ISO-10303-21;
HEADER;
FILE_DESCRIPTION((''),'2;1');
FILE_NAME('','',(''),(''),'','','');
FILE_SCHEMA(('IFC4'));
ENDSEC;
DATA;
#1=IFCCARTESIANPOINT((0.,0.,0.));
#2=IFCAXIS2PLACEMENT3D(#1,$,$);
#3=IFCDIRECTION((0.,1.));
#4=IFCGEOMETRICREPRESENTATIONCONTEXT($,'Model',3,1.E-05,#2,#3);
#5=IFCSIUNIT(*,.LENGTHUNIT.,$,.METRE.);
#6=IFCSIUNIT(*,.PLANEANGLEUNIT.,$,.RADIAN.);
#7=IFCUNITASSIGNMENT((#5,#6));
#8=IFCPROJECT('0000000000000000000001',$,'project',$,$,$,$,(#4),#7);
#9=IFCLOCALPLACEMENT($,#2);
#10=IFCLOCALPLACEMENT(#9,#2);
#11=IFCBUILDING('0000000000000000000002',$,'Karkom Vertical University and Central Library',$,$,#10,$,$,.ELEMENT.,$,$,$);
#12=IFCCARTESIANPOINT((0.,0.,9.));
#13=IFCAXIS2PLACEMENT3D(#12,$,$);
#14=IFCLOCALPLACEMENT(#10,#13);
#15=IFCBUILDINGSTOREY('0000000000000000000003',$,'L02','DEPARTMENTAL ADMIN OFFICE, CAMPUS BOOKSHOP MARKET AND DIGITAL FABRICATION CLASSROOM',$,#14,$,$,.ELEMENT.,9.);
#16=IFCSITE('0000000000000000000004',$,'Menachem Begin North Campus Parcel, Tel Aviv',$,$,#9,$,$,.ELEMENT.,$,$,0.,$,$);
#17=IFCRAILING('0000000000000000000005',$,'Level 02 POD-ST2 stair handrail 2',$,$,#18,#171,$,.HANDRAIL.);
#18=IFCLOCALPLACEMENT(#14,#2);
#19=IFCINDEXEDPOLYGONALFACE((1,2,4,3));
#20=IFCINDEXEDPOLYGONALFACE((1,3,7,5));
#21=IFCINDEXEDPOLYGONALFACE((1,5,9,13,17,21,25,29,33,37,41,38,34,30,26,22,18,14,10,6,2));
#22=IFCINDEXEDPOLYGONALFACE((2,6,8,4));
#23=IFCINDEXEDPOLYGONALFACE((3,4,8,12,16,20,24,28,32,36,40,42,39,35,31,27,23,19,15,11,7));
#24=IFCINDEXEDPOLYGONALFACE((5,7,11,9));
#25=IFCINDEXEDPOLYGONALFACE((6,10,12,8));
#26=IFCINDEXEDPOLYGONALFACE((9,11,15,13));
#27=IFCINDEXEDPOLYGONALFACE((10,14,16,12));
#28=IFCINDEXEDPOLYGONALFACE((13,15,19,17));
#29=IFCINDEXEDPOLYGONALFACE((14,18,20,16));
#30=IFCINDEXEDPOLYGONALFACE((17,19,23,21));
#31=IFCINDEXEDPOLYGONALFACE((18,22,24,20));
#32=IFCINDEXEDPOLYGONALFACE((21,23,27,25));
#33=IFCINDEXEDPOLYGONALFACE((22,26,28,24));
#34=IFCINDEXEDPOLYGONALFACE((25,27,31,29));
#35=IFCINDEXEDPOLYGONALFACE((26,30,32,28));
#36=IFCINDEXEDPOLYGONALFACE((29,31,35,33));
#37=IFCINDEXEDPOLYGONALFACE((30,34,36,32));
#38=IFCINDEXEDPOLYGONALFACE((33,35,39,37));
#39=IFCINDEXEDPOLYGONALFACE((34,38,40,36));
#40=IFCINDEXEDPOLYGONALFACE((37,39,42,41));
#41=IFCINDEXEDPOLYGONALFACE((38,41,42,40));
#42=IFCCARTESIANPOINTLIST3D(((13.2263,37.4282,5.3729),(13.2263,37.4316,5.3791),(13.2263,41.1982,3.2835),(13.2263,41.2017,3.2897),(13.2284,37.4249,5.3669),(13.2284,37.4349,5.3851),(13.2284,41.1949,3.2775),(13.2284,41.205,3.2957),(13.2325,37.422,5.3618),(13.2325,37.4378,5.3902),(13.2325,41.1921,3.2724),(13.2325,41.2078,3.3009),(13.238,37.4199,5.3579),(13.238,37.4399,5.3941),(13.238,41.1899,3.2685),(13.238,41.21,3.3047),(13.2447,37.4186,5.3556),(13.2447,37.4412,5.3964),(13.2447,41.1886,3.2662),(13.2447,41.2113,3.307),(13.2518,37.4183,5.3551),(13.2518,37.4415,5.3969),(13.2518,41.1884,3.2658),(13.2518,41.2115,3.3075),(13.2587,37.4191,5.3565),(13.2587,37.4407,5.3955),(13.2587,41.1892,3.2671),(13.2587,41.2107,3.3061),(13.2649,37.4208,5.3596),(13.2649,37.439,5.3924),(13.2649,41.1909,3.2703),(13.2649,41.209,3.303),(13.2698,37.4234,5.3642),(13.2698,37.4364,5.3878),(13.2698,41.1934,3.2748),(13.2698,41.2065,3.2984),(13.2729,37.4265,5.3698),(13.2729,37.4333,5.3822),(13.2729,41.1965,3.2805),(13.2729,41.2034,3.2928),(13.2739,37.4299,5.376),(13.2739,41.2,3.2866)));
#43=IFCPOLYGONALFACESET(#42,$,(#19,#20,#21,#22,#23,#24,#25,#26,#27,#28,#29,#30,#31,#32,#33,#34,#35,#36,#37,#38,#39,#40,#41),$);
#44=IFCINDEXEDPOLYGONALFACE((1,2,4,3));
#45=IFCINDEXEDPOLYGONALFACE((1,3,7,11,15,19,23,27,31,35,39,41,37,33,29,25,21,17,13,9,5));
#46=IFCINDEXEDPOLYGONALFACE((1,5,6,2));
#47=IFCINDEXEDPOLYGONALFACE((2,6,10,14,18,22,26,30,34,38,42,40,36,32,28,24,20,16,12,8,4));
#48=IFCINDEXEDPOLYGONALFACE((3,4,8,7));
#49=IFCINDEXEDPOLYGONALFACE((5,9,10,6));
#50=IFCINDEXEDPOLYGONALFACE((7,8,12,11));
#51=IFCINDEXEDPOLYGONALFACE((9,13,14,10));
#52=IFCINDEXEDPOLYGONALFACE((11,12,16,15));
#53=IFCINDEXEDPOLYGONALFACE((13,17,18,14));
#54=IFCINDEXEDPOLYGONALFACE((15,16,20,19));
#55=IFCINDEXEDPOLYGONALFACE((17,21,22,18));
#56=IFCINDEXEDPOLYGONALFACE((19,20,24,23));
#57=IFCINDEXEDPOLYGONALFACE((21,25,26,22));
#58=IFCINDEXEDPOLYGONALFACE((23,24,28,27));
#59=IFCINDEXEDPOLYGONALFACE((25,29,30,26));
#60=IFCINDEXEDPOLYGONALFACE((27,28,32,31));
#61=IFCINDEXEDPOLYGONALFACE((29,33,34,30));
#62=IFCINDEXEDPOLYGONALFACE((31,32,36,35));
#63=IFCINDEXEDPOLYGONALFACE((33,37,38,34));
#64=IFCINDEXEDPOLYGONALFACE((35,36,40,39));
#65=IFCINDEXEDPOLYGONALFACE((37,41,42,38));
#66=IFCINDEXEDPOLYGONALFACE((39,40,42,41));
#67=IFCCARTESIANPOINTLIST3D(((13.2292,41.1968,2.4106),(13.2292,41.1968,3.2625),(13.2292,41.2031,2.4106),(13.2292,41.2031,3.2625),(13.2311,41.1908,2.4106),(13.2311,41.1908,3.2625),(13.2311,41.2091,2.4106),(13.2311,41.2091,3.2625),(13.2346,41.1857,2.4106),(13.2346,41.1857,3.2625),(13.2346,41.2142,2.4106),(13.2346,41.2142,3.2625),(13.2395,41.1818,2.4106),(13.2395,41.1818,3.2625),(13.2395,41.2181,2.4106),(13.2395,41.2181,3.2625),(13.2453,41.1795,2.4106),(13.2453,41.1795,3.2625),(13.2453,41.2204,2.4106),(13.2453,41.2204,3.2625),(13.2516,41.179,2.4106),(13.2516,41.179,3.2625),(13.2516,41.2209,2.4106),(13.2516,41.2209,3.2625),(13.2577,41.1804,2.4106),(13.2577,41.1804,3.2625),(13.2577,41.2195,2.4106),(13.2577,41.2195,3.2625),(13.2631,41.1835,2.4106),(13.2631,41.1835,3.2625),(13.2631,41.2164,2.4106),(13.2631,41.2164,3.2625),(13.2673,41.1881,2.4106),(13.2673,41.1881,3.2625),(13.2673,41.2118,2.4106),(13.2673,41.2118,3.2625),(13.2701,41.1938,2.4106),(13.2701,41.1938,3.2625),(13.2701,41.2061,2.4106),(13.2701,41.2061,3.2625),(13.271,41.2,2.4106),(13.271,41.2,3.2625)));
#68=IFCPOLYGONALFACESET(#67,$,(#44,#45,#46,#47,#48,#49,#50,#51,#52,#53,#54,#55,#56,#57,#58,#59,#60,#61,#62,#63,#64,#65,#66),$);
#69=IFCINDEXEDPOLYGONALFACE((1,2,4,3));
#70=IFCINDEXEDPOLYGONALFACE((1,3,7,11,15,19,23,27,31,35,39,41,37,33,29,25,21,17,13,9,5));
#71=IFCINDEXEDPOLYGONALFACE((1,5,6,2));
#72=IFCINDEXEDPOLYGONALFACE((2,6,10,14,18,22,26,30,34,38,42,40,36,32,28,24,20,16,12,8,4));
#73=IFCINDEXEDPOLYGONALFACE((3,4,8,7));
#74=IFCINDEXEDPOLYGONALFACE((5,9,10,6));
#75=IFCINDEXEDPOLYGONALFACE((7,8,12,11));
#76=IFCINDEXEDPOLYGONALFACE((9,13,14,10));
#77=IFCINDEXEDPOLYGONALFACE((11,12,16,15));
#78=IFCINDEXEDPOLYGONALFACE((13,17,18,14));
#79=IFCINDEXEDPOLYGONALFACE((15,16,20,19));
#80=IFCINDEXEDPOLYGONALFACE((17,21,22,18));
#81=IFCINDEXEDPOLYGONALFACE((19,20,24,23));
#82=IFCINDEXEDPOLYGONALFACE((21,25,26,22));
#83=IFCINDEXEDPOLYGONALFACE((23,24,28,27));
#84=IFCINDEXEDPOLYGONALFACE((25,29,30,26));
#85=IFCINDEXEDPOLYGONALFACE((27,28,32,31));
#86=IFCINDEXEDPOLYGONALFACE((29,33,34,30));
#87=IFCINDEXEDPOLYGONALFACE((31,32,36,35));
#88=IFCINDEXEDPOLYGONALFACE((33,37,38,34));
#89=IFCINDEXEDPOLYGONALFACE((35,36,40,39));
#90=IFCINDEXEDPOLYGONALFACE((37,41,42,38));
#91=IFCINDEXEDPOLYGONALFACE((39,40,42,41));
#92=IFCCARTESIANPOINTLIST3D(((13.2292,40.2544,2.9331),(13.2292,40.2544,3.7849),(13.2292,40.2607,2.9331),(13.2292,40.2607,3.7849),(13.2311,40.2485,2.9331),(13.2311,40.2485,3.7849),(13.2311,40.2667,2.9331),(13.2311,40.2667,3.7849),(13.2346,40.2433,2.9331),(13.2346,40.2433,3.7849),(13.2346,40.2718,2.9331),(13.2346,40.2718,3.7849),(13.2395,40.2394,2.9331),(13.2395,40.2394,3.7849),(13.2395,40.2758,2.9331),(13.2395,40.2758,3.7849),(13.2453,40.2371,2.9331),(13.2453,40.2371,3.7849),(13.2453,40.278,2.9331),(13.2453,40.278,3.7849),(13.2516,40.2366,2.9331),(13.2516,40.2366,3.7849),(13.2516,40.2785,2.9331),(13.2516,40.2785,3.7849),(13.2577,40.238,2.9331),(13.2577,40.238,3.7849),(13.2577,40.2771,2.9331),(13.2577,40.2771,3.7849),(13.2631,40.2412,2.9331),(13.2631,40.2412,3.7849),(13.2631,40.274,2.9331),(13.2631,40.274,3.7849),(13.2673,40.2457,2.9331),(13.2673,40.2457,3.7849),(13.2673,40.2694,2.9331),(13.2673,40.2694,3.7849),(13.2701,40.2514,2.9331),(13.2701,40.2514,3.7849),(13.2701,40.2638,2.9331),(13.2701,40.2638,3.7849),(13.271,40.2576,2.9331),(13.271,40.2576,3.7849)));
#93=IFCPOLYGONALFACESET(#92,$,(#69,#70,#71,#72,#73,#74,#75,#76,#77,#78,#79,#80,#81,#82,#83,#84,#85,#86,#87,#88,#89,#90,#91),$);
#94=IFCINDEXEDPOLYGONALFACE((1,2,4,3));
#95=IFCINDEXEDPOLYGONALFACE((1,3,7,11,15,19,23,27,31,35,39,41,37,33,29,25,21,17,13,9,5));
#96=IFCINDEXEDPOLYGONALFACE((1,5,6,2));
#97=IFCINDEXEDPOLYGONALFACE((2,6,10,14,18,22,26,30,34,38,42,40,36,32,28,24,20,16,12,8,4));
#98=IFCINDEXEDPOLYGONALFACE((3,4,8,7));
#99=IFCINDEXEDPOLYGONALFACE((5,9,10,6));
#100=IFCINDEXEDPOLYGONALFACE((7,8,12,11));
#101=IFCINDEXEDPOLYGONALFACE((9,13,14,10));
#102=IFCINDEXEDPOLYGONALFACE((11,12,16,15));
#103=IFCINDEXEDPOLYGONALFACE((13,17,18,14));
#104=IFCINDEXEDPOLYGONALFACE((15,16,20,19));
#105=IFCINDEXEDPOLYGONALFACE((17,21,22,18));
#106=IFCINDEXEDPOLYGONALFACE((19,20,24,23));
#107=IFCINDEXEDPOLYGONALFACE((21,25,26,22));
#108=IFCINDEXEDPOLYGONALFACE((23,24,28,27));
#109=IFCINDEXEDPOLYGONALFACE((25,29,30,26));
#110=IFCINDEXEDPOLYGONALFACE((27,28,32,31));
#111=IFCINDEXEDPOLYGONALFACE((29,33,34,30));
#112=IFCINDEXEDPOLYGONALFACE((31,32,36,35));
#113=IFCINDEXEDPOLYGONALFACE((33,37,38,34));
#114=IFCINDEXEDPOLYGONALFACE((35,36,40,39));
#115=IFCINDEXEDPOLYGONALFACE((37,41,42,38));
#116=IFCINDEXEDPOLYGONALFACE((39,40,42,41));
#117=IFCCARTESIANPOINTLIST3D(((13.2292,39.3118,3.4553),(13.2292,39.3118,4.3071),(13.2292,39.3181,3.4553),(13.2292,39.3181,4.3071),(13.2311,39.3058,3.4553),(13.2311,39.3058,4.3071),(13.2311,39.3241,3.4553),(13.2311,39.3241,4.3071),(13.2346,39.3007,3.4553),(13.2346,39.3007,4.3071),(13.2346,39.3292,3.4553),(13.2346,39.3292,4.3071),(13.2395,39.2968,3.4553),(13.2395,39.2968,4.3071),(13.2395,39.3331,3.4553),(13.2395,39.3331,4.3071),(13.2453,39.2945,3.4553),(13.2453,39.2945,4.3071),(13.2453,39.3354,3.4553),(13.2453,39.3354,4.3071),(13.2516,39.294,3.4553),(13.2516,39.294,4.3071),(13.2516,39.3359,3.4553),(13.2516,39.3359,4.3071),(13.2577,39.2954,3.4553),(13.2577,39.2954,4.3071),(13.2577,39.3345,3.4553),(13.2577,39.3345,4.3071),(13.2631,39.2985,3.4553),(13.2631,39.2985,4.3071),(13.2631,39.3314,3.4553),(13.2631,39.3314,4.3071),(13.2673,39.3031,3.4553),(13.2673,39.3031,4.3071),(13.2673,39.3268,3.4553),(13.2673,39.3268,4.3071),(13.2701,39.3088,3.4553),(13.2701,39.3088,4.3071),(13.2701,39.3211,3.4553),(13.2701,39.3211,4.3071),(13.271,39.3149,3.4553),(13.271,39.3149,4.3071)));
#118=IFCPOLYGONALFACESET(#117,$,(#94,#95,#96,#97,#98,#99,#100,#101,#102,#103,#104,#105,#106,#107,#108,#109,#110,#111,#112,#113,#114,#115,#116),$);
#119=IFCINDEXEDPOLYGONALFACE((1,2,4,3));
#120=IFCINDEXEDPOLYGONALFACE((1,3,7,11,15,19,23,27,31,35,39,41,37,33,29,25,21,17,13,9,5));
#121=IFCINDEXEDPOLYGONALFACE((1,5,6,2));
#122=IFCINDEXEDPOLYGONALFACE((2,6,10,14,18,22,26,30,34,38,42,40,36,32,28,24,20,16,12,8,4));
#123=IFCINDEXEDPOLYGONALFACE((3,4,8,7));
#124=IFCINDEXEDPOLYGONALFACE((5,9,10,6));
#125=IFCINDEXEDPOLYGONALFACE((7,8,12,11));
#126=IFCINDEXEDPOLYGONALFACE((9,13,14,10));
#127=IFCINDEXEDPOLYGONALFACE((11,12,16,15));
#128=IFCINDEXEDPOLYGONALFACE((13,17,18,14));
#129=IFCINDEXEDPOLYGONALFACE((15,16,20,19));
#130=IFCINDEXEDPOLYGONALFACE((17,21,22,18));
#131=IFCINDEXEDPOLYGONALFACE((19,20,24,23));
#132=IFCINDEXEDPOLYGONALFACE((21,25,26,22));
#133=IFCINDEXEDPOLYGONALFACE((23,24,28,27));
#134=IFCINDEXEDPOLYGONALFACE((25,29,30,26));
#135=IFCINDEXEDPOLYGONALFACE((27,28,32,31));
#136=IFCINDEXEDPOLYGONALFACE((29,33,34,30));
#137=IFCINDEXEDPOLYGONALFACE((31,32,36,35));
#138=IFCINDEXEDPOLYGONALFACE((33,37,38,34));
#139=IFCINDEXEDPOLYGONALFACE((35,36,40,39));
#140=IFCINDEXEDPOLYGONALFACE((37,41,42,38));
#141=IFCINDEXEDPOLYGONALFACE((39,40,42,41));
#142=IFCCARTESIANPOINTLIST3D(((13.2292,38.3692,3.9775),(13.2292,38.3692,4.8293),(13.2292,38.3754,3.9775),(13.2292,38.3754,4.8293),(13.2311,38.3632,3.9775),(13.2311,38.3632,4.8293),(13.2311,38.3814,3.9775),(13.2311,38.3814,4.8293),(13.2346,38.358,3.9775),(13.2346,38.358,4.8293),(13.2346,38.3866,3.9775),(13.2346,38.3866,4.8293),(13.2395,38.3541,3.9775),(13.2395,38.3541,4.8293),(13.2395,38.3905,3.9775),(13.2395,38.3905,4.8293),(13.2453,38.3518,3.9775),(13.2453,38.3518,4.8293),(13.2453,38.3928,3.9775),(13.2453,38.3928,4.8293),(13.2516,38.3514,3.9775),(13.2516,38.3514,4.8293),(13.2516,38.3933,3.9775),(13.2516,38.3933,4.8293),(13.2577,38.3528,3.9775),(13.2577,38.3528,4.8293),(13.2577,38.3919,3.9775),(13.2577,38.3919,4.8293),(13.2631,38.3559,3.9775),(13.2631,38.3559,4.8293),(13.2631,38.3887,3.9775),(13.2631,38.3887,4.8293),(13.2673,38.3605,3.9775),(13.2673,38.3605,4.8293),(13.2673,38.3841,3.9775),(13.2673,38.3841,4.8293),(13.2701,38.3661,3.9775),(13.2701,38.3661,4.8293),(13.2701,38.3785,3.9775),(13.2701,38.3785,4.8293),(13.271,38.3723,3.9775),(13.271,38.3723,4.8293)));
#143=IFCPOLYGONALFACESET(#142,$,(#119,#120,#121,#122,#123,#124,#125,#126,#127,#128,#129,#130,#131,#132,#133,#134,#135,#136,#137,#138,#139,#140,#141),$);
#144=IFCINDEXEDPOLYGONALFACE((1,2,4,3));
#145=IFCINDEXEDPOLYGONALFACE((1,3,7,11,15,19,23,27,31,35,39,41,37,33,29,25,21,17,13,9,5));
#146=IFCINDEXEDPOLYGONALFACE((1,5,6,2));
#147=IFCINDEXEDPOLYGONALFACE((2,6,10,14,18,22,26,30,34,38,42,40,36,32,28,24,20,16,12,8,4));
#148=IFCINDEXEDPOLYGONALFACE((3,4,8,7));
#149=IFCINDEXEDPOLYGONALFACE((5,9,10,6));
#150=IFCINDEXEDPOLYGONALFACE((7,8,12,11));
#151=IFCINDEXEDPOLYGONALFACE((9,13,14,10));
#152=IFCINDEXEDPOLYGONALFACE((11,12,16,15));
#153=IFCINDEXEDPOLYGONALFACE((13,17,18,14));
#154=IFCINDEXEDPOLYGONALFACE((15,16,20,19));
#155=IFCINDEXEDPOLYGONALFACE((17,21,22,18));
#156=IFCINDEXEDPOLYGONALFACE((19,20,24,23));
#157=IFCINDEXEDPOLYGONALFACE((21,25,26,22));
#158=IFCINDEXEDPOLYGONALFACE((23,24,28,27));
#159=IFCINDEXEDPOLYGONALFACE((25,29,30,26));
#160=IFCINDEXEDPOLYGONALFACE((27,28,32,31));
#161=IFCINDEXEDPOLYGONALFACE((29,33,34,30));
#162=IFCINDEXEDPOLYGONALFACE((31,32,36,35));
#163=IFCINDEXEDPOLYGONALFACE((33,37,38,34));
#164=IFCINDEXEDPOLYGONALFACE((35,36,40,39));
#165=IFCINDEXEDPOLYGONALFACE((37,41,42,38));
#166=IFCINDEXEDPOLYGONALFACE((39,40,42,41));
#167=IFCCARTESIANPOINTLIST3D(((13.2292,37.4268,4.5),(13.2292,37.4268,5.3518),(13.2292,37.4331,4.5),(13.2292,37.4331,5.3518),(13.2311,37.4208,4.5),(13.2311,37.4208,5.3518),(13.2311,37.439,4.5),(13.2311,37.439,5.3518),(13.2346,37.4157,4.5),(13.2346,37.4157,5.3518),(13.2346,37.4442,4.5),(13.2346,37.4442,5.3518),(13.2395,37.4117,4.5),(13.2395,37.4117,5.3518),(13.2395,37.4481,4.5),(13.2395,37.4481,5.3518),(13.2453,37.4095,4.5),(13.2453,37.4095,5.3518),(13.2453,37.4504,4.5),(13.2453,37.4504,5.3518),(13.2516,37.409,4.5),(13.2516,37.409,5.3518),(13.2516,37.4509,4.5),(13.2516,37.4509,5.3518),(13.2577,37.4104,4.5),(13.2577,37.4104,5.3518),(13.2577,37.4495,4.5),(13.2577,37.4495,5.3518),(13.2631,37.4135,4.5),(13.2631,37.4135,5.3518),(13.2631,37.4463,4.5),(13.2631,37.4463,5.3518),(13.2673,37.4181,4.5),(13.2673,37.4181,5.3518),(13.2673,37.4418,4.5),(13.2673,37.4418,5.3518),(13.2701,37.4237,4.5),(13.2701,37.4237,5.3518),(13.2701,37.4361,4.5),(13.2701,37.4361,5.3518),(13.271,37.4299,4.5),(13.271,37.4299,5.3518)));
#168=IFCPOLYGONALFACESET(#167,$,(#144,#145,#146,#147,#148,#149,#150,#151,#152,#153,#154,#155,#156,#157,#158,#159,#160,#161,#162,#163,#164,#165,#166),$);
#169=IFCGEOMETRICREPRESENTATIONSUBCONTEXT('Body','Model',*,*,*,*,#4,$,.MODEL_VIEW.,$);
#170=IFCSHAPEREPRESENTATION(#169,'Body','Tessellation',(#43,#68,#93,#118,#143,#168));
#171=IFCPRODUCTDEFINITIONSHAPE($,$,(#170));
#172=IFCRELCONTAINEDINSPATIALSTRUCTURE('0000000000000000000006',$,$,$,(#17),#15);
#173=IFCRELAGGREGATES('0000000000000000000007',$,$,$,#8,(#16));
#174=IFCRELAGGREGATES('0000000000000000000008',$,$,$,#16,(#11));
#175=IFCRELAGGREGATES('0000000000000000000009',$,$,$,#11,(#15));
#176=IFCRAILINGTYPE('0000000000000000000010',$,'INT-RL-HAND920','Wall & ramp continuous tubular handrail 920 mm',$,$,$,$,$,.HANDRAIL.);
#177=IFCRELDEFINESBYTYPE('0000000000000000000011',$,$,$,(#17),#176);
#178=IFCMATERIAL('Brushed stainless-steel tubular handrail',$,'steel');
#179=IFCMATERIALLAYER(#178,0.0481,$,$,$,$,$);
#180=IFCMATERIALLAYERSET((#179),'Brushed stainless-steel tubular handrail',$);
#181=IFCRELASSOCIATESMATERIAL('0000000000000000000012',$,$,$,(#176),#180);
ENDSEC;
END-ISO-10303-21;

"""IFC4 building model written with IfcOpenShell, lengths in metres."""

from ifc_helpers import new_model, si_unit, direction, frame, origin, origin_2d, place, context, subcontext, project, spatial, circle, extrude, material, layer, layer_set, type_object, element, save


model = new_model("IFC4")

# Units and contexts
model_context = context("Model", 3, precision=1e-05, world=origin(), true_north=direction((0.0, 1.0)))
body_context = subcontext(model_context, "Body", "Model", "MODEL_VIEW")
ifc_project = project(units=[si_unit("LENGTHUNIT", "METRE"), si_unit("PLANEANGLEUNIT", "RADIAN")], contexts=[model_context])

# Site, building, storey
site_placement = place(None, origin())
site = spatial("IfcSite", under=ifc_project, at=site_placement, Name="Menachem Begin North Campus Parcel, Tel Aviv", CompositionType="ELEMENT", RefElevation=0.0)
building_placement = place(site_placement, origin())
building = spatial("IfcBuilding", under=site, at=building_placement, Name="Karkom Vertical University and Central Library", CompositionType="ELEMENT")
storey_placement = place(building_placement, frame((0.0, 0.0, 9.0)))
storey = spatial("IfcBuildingStorey", under=building, at=storey_placement, Name="L02", Description="DEPARTMENTAL ADMIN OFFICE, CAMPUS BOOKSHOP MARKET AND DIGITAL FABRICATION CLASSROOM", CompositionType="ELEMENT", Elevation=9.0)

# Railing
ifc_material_1 = material(Name="Brushed stainless-steel tubular handrail", Category="steel")
ifc_layer_1 = layer(ifc_material_1, 0.0481)
ifc_layer_set_1 = layer_set([ifc_layer_1], Name="Brushed stainless-steel tubular handrail")
railing_type_1 = type_object("IfcRailingType", Name="INT-RL-HAND920", Description="Wall & ramp continuous tubular handrail 920 mm", PredefinedType="HANDRAIL", material=ifc_layer_set_1)
railing_1_placement = place(storey_placement, frame((13.25, 41.2, 2.4106)))
element("IfcRailing", 1, at=railing_1_placement, inside=storey, type_object=railing_type_1, Name="Level 02 POD-ST2 stair handrail 2", PredefinedType="HANDRAIL", context=body_context, shape_type="SweptSolid", body=[
    extrude(circle(Radius=0.0239, at=origin_2d()), frame((0.0, 0.0, 0.876), z_axis=(0.0, -0.874659, 0.484739), x_axis=(1.0, 0.0, 0.0)), (0.0, 0.0, 1.0), 4.3103),
    extrude(circle(Radius=0.021, at=origin_2d()), origin(), (0.0, 0.0, 1.0), 0.8518),
    extrude(circle(Radius=0.021, at=origin_2d()), frame((0.0, -0.9424, 0.5225)), (0.0, 0.0, 1.0), 0.8518),
    extrude(circle(Radius=0.021, at=origin_2d()), frame((0.0, -1.885, 1.0447)), (0.0, 0.0, 1.0), 0.8518),
    extrude(circle(Radius=0.021, at=origin_2d()), frame((0.0, -2.8276, 1.5669)), (0.0, 0.0, 1.0), 0.8518),
    extrude(circle(Radius=0.021, at=origin_2d()), frame((0.0, -3.77, 2.0894)), (0.0, 0.0, 1.0), 0.8518),
])

save(model, "model.ifc")
